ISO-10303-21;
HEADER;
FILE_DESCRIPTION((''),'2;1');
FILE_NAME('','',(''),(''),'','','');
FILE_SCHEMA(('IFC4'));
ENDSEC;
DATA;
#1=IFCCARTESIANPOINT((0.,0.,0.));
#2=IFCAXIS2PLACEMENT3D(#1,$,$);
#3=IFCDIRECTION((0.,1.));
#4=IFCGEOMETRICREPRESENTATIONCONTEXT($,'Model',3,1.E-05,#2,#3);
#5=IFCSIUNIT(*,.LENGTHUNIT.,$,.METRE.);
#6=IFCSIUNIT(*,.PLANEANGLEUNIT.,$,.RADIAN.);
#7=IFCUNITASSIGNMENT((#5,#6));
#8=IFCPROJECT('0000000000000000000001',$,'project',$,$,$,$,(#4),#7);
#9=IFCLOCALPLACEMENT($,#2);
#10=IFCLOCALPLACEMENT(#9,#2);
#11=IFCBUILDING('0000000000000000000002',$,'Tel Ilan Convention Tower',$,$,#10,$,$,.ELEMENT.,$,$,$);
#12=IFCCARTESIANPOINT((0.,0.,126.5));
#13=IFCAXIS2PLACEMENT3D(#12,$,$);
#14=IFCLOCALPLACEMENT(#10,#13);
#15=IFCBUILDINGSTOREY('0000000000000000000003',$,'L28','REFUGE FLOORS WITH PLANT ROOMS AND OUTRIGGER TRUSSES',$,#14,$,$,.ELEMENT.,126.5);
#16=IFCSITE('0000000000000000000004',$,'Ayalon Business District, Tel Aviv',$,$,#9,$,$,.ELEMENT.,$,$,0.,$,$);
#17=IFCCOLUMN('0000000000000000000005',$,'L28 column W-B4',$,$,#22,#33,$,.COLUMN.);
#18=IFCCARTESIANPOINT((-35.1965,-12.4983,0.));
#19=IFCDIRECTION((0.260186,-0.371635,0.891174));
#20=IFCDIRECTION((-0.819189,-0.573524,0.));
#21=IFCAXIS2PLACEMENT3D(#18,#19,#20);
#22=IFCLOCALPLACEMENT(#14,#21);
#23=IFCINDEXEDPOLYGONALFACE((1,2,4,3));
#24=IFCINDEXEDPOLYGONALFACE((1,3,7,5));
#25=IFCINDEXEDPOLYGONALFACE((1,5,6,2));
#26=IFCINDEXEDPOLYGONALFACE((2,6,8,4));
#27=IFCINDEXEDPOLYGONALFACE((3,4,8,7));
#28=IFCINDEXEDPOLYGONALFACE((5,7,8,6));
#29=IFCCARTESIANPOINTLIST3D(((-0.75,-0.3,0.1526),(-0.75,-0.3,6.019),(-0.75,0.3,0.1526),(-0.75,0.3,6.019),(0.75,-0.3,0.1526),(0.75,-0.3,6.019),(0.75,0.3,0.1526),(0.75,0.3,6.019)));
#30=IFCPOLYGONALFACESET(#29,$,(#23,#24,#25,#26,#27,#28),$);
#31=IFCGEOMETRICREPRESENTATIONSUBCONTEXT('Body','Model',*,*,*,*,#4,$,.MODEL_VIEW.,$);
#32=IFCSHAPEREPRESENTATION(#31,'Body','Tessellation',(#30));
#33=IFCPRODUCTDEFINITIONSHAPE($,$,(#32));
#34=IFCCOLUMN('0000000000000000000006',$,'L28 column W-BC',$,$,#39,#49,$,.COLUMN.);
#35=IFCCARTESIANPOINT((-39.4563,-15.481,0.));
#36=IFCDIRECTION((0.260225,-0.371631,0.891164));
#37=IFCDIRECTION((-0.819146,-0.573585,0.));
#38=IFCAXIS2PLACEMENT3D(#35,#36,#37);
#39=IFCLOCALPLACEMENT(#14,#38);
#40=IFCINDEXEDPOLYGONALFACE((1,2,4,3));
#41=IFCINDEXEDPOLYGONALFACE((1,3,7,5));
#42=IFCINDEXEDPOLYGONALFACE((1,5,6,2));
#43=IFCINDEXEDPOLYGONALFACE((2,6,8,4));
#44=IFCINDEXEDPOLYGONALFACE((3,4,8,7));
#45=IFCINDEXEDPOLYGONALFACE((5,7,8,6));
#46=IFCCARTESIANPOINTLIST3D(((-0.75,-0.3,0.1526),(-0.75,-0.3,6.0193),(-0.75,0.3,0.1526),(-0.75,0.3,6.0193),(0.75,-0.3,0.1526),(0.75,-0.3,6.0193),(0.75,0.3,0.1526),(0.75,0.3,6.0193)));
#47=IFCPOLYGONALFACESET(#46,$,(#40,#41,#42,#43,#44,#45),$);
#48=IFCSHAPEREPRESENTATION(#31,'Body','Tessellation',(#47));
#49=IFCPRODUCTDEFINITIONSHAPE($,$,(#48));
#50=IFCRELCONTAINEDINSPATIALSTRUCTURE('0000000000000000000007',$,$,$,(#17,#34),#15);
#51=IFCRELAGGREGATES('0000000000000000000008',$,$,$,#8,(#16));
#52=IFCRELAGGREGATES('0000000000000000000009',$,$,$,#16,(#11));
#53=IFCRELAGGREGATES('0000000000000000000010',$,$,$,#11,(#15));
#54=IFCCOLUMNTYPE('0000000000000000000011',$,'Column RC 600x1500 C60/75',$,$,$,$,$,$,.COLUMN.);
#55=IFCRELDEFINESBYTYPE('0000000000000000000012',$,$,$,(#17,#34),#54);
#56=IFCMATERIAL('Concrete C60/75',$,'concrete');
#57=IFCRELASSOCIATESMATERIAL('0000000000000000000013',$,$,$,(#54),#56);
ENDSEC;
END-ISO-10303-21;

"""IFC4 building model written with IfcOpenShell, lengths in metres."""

from ifc_helpers import new_model, si_unit, direction, frame, origin, origin_2d, place, context, subcontext, project, spatial, rectangle, extrude, clip, halfspace, material, material_profile, profile_set, type_object, element, save


model = new_model("IFC4")

# Units and contexts
model_context = context("Model", 3, precision=1e-05, world=origin(), true_north=direction((0.0, 1.0)))
body_context = subcontext(model_context, "Body", "Model", "MODEL_VIEW")
ifc_project = project(units=[si_unit("LENGTHUNIT", "METRE"), si_unit("PLANEANGLEUNIT", "RADIAN")], contexts=[model_context])

# Site, building, storey
site_placement = place(None, origin())
site = spatial("IfcSite", under=ifc_project, at=site_placement, Name="Ayalon Business District, Tel Aviv", CompositionType="ELEMENT", RefElevation=0.0)
building_placement = place(site_placement, origin())
building = spatial("IfcBuilding", under=site, at=building_placement, Name="Tel Ilan Convention Tower", CompositionType="ELEMENT")
storey_placement = place(building_placement, frame((0.0, 0.0, 126.5)))
storey = spatial("IfcBuildingStorey", under=building, at=storey_placement, Name="L28", Description="REFUGE FLOORS WITH PLANT ROOMS AND OUTRIGGER TRUSSES", CompositionType="ELEMENT", Elevation=126.5)

# Columns
ifc_material_1 = material(Name="Concrete C60/75", Category="concrete")
ifc_material_profile_1 = material_profile(ifc_material_1, rectangle(XDim=1.5, YDim=0.6001, at=origin_2d()), Name="RC 600x1500")
ifc_profile_set_1 = profile_set([ifc_material_profile_1], Name="Concrete C60/75")
column_type = type_object("IfcColumnType", Name="Column RC 600x1500 C60/75", PredefinedType="COLUMN", material=ifc_profile_set_1)
column_1_placement = place(storey_placement, frame((-35.1965, -12.4983, 0.0), z_axis=(0.260186, -0.371635, 0.891174), x_axis=(-0.819189, -0.573524, 0.0)))
element("IfcColumn", 1, at=column_1_placement, inside=storey, type_object=column_type, Name="L28 column W-B4", PredefinedType="COLUMN", context=body_context, shape_type="Clipping", body=[
    clip(clip(extrude(rectangle(XDim=1.5, YDim=0.6001, at=origin_2d()), origin(), (0.0, 0.0, 1.0), 6.1719), halfspace(frame((0.0, 0.0, 0.1526), z_axis=(0.0, 0.0, 1.0), x_axis=(1.0, 0.0, 0.0)), True)), halfspace(frame((0.0, 0.0, 6.019), z_axis=(0.0, 0.0, 1.0), x_axis=(1.0, 0.0, 0.0)), False)),
])
column_2_placement = place(storey_placement, frame((-39.4563, -15.481, 0.0), z_axis=(0.260225, -0.371631, 0.891164), x_axis=(-0.819146, -0.573585, 0.0)))
element("IfcColumn", 2, at=column_2_placement, inside=storey, type_object=column_type, Name="L28 column W-BC", PredefinedType="COLUMN", context=body_context, shape_type="Clipping", body=[
    clip(clip(extrude(rectangle(XDim=1.5, YDim=0.6001, at=origin_2d()), origin(), (0.0, 0.0, 1.0), 6.1719), halfspace(frame((0.0, 0.0, 0.1526), z_axis=(0.0, 0.0, 1.0), x_axis=(1.0, 0.0, 0.0)), True)), halfspace(frame((0.0, 0.0, 6.0193), z_axis=(0.0, 0.0, 1.0), x_axis=(1.0, 0.0, 0.0)), False)),
])

save(model, "model.ifc")
